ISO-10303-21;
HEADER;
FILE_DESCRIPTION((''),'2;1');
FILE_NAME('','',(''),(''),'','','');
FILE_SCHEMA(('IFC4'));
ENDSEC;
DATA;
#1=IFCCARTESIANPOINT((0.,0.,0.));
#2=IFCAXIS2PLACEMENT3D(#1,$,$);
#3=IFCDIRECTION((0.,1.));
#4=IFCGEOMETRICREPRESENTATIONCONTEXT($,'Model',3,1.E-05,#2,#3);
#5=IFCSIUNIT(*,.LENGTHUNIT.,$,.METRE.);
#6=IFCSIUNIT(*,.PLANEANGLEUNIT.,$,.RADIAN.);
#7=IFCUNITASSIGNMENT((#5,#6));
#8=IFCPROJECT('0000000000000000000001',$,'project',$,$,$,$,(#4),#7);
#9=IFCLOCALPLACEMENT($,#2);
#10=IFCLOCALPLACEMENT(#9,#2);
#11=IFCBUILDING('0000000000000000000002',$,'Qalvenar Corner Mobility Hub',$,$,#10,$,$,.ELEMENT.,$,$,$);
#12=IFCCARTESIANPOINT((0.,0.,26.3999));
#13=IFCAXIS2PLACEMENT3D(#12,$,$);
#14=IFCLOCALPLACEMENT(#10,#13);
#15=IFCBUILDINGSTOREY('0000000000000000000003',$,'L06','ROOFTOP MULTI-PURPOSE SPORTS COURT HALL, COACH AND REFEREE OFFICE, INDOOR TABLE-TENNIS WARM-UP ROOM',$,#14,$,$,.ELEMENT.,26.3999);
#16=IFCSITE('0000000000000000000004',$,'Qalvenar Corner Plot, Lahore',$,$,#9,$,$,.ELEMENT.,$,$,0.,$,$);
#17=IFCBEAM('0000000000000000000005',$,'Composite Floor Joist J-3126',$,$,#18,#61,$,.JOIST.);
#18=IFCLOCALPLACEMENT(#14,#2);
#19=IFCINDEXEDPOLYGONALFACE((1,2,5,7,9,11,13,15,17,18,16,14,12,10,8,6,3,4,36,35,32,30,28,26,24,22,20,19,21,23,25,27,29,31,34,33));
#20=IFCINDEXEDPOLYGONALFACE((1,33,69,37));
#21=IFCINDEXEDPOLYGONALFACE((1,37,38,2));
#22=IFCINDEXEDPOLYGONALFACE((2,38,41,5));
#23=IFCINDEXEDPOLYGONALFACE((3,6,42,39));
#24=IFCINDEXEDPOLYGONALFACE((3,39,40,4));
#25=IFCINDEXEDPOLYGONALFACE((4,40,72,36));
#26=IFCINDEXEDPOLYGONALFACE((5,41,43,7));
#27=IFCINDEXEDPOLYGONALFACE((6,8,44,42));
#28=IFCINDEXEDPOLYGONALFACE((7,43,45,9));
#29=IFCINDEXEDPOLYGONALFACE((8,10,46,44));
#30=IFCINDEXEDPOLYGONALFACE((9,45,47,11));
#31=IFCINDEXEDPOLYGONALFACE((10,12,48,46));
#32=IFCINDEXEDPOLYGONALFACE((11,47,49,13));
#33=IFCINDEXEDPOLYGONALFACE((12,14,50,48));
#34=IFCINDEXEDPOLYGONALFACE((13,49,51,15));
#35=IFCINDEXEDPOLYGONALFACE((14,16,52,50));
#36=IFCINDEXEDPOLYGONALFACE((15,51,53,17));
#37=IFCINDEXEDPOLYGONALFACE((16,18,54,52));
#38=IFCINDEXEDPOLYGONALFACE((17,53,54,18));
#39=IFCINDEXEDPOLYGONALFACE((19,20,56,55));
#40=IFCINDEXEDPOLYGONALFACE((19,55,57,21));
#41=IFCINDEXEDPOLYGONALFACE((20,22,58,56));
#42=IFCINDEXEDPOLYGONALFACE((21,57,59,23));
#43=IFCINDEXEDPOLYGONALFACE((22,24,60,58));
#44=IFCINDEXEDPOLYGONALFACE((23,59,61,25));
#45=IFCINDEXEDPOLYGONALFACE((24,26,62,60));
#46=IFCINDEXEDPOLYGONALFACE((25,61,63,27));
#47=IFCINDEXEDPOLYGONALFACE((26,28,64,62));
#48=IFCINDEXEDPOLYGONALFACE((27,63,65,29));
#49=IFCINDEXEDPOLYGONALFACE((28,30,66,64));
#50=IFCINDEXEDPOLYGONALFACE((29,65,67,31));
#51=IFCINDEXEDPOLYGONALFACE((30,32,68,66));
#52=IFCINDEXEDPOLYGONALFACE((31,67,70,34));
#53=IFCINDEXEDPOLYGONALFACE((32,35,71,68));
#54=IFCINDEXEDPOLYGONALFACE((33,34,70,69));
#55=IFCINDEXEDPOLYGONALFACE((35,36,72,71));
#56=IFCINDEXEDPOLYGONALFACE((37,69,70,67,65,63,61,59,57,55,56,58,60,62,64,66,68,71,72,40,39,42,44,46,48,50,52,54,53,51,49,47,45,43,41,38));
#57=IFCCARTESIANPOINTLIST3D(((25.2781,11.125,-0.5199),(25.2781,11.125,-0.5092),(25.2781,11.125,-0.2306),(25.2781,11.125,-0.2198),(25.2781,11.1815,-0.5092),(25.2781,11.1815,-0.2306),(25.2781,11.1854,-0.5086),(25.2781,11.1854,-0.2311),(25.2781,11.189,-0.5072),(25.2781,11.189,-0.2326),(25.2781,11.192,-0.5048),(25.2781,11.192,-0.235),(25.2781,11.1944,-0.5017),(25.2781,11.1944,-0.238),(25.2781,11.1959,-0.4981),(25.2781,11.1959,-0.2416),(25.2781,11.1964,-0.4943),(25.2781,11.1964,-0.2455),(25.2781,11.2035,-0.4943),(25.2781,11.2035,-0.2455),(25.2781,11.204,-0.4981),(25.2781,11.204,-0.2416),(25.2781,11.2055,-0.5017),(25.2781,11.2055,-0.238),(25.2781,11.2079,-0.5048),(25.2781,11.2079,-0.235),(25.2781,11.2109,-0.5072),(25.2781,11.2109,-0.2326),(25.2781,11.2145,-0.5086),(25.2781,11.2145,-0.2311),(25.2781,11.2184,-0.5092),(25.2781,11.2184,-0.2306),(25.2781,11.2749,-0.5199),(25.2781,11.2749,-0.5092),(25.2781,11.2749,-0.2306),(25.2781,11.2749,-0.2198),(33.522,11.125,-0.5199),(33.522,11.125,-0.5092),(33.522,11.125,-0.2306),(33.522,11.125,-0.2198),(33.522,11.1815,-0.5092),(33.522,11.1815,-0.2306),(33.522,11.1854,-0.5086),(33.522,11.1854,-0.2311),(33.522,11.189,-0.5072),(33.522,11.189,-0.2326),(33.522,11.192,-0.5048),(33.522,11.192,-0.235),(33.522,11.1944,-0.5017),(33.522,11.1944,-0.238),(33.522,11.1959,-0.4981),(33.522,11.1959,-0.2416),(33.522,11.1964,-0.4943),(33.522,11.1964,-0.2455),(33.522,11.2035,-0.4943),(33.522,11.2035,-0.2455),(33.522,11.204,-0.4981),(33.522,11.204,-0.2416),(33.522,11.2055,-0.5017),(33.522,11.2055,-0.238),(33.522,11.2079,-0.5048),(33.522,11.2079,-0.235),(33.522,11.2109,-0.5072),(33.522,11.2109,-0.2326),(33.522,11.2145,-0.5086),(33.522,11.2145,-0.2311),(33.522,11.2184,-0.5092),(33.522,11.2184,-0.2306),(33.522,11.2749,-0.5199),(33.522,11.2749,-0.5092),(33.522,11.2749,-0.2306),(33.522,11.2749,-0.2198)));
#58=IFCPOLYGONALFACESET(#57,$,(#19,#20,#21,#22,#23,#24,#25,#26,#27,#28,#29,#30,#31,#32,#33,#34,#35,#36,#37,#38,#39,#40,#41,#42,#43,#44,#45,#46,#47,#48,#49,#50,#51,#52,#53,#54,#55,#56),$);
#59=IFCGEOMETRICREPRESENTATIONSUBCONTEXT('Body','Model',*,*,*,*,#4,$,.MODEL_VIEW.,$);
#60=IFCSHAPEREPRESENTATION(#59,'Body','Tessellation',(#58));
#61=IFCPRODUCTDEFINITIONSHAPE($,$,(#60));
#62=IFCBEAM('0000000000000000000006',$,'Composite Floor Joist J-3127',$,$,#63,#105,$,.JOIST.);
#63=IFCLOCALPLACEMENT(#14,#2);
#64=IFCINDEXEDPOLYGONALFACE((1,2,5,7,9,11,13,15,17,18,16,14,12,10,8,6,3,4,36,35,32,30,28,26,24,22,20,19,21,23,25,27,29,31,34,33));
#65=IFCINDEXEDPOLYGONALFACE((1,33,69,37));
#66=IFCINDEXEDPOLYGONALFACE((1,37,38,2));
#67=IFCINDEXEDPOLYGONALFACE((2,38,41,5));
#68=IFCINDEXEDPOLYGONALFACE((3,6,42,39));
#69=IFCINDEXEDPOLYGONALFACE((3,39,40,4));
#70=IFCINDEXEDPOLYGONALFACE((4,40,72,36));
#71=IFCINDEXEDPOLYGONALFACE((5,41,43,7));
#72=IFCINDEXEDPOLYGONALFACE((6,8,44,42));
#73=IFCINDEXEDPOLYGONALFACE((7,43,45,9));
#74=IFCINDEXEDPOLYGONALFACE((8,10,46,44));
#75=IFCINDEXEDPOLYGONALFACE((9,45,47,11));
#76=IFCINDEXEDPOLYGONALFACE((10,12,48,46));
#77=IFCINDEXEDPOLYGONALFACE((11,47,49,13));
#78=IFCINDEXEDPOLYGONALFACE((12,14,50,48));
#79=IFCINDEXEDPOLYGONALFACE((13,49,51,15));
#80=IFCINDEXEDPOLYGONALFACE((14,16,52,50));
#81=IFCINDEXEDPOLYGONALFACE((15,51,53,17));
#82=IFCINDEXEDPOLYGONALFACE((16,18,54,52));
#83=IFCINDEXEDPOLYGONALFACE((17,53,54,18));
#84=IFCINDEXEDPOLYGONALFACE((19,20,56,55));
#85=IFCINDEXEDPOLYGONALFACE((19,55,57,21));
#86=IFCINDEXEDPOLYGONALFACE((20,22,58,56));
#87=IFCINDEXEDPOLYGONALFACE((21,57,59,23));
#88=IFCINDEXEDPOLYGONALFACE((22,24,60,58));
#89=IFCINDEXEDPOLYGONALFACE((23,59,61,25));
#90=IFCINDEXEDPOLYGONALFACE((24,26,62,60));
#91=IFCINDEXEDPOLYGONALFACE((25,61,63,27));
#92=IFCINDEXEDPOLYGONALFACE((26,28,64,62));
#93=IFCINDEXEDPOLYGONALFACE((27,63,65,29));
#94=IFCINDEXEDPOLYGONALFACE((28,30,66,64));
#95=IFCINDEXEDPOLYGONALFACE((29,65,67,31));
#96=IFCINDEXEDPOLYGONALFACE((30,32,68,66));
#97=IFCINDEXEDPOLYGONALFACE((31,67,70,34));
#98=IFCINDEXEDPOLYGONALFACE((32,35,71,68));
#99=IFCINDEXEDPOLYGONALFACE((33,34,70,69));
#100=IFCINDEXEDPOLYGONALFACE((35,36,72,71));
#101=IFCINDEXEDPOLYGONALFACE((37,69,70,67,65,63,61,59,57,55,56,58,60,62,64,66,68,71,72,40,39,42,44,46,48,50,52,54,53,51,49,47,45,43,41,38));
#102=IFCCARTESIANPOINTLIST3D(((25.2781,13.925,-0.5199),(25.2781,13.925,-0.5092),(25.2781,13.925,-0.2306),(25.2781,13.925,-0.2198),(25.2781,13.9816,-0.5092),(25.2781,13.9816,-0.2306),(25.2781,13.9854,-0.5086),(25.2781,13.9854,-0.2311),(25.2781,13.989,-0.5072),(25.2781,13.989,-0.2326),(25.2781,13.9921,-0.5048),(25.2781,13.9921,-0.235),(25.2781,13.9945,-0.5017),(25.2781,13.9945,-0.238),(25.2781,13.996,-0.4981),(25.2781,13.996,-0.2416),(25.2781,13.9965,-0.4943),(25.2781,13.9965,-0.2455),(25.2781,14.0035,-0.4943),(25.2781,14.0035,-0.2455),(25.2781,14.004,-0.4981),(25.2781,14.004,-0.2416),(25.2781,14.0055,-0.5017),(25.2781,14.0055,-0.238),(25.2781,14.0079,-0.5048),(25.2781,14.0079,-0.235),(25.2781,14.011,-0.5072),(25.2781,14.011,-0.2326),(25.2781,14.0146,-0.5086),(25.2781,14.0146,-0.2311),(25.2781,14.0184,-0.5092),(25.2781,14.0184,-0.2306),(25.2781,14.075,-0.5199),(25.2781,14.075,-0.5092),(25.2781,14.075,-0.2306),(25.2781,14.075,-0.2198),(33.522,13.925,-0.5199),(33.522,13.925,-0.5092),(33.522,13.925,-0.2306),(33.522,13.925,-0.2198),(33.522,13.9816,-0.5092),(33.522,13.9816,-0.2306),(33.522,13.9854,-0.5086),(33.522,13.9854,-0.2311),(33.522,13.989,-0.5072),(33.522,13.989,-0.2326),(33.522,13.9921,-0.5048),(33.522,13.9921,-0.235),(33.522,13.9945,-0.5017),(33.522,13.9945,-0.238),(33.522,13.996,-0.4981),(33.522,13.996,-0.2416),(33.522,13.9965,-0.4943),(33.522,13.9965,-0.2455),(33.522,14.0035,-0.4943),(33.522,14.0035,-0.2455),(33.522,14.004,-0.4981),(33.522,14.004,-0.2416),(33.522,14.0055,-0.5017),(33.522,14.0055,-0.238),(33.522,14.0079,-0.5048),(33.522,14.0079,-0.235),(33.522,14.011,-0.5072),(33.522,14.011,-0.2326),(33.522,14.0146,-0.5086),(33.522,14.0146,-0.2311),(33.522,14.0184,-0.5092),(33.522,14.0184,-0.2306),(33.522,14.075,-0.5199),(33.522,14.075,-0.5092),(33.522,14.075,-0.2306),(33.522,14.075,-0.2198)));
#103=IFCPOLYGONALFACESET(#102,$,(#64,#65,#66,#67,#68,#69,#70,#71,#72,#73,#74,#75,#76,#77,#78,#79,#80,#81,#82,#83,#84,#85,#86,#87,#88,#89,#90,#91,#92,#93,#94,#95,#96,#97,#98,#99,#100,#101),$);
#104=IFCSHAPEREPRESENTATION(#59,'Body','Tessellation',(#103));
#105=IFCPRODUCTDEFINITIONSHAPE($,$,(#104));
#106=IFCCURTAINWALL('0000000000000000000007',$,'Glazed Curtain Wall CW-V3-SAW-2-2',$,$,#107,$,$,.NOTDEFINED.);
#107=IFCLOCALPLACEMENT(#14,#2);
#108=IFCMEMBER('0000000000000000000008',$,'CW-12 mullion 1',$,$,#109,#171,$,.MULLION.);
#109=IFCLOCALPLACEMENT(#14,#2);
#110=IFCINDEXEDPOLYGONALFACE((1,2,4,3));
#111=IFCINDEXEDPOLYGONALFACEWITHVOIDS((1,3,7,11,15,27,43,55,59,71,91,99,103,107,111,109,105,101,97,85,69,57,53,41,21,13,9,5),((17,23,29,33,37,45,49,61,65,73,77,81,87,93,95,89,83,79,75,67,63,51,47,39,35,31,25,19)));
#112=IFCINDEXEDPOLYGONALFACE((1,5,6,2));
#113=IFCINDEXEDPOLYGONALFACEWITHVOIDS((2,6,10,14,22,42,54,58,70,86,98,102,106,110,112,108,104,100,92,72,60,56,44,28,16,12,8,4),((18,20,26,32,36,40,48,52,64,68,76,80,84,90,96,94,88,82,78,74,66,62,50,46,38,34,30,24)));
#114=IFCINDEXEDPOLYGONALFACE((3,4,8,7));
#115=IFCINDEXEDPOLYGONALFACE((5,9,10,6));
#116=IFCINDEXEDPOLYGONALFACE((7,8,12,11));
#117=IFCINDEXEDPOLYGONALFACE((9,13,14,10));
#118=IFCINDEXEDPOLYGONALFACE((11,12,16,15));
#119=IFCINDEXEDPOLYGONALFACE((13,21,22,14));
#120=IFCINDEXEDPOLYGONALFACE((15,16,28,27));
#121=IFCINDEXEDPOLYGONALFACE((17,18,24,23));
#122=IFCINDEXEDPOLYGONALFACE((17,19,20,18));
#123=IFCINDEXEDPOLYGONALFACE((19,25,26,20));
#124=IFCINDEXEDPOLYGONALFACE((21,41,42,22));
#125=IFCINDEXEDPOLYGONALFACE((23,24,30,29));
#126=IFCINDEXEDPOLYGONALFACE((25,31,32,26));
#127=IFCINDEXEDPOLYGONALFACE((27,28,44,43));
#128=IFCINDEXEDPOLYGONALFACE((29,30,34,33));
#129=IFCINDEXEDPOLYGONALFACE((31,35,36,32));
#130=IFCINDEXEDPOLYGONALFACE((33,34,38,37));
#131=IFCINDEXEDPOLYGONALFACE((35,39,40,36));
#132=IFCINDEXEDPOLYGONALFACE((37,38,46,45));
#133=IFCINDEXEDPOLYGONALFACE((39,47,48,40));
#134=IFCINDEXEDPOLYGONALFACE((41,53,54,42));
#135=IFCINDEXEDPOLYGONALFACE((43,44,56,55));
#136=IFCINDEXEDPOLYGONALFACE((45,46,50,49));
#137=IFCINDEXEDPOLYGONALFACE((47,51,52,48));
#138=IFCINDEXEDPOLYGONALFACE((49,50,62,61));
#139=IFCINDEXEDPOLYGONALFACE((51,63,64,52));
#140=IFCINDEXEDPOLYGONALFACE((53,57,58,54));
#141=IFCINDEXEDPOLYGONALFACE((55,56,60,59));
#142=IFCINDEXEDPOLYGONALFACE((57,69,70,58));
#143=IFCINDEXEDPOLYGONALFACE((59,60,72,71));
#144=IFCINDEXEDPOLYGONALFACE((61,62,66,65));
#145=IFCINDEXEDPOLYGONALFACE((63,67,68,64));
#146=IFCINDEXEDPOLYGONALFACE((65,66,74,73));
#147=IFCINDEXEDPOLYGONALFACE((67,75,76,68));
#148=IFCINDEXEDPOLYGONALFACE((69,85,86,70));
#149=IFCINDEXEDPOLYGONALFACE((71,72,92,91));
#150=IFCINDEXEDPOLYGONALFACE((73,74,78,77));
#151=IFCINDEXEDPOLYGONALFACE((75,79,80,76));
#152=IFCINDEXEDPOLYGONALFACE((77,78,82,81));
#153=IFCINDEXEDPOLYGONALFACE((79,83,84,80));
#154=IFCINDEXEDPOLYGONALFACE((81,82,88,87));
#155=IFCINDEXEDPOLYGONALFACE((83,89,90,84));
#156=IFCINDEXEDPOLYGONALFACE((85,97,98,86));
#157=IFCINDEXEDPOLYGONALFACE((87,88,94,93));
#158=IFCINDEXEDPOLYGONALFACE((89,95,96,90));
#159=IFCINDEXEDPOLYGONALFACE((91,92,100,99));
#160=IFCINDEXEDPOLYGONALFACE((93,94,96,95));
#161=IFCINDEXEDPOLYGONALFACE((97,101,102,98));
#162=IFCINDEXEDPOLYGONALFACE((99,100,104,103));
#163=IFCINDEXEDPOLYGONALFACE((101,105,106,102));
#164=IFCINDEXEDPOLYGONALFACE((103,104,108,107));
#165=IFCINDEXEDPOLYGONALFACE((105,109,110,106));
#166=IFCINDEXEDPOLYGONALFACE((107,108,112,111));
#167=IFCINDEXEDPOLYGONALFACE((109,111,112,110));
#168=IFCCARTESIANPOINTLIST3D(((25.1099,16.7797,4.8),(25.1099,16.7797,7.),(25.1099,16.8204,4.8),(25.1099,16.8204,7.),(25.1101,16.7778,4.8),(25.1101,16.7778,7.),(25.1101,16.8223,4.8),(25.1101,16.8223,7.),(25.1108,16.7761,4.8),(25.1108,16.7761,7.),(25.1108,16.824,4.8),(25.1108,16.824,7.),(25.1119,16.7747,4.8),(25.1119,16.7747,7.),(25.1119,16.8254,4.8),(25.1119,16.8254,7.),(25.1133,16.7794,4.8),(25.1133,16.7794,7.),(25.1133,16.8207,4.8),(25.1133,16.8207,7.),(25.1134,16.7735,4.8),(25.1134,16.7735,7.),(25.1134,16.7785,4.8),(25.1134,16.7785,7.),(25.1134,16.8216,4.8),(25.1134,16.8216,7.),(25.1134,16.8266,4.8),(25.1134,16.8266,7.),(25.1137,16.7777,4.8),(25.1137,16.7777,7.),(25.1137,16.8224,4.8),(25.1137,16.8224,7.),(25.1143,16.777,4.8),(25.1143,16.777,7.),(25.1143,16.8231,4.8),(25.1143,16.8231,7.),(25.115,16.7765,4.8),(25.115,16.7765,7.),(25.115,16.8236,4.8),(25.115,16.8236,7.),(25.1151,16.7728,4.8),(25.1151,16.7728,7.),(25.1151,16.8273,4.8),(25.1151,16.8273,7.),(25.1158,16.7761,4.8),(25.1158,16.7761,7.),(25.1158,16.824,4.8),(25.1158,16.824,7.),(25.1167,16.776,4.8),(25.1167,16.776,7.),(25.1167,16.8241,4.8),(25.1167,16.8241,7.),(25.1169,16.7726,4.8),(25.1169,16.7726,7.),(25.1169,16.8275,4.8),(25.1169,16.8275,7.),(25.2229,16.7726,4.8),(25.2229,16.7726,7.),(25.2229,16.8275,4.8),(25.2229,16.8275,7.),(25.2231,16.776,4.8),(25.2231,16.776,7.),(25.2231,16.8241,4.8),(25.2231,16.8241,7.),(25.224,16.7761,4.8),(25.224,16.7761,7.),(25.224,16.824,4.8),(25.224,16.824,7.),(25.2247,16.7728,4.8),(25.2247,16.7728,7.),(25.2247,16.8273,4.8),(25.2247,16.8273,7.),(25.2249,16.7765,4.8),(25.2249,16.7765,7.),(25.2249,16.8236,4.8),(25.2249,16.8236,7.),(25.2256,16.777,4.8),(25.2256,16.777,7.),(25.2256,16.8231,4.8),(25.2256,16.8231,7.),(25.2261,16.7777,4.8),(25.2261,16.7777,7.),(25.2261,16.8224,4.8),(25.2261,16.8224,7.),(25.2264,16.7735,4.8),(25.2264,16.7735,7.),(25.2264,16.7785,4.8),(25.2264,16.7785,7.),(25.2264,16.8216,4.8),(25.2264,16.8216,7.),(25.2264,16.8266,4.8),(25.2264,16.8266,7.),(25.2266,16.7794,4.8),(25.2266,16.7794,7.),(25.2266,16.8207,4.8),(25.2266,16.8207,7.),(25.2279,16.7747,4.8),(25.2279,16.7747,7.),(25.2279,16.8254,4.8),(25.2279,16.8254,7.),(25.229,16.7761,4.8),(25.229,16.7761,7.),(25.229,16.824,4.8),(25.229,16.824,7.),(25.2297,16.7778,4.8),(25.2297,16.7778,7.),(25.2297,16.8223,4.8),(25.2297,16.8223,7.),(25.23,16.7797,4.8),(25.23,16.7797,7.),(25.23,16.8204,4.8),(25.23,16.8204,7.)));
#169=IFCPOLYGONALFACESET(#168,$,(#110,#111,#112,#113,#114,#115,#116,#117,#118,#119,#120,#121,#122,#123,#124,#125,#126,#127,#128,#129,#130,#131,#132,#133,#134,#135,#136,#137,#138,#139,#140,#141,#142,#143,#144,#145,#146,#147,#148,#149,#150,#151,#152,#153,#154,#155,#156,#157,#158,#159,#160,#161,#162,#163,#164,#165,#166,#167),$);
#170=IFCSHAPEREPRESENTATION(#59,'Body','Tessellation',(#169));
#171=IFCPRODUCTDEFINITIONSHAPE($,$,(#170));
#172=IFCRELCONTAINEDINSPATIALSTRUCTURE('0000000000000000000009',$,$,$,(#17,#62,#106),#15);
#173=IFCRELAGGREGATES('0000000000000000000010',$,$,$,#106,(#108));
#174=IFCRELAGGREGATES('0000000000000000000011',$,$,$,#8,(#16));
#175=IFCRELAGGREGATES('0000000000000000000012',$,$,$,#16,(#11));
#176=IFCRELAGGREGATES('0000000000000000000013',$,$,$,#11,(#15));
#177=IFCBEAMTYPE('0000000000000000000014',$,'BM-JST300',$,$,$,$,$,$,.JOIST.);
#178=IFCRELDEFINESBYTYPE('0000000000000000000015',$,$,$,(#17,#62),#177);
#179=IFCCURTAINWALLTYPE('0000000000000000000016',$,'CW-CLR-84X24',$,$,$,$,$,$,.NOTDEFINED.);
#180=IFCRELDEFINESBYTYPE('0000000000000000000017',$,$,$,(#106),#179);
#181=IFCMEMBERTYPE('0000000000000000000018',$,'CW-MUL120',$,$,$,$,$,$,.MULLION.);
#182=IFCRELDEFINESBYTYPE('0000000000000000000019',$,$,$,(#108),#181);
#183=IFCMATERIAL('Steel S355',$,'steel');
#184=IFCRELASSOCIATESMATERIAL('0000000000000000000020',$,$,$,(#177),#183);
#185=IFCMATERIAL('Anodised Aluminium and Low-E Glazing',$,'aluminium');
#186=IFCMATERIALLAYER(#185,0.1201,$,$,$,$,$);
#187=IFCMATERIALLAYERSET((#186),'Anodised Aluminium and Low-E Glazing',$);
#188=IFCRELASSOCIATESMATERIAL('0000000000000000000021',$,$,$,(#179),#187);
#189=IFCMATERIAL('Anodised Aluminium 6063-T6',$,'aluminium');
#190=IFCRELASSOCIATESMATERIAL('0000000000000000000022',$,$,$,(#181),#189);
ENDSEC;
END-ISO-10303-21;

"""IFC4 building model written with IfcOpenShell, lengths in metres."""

from ifc_helpers import new_model, si_unit, direction, frame, origin, origin_2d, place, context, subcontext, project, spatial, hollow_rectangle, i_section, extrude, material, layer, layer_set, material_profile, profile_set, type_object, element, aggregate, save


model = new_model("IFC4")

# Units and contexts
model_context = context("Model", 3, precision=1e-05, world=origin(), true_north=direction((0.0, 1.0)))
body_context = subcontext(model_context, "Body", "Model", "MODEL_VIEW")
ifc_project = project(units=[si_unit("LENGTHUNIT", "METRE"), si_unit("PLANEANGLEUNIT", "RADIAN")], contexts=[model_context])

# Site, building, storey
site_placement = place(None, origin())
site = spatial("IfcSite", under=ifc_project, at=site_placement, Name="Qalvenar Corner Plot, Lahore", CompositionType="ELEMENT", RefElevation=0.0)
building_placement = place(site_placement, origin())
building = spatial("IfcBuilding", under=site, at=building_placement, Name="Qalvenar Corner Mobility Hub", CompositionType="ELEMENT")
storey_placement = place(building_placement, frame((0.0, 0.0, 26.3999)))
storey = spatial("IfcBuildingStorey", under=building, at=storey_placement, Name="L06", Description="ROOFTOP MULTI-PURPOSE SPORTS COURT HALL, COACH AND REFEREE OFFICE, INDOOR TABLE-TENNIS WARM-UP ROOM", CompositionType="ELEMENT", Elevation=26.3999)

# Shared definitions
ifc_material_1 = material(Name="Steel S355", Category="steel")

# Beams
ifc_material_profile_1 = material_profile(ifc_material_1, i_section(OverallWidth=0.1499, OverallDepth=0.3, WebThickness=0.0071, FlangeThickness=0.0107, FilletRadius=0.0149, at=origin_2d()), Name="IPE300")
ifc_profile_set_1 = profile_set([ifc_material_profile_1], Name="Steel S355")
beam_type_1 = type_object("IfcBeamType", Name="BM-JST300", PredefinedType="JOIST", material=ifc_profile_set_1)
for number, where, z_axis, x_axis, name in (
    (1, (25.2781, 11.2, -0.3699), (1.0, 0.0, 0.0), (0.0, 1.0, 0.0), "Composite Floor Joist J-3126"),
    (2, (25.2781, 14.0, -0.3699), (1.0, 0.0, 0.0), (0.0, 1.0, 0.0), "Composite Floor Joist J-3127"),
):
    element("IfcBeam", number, at=place(storey_placement, frame(where, z_axis=z_axis, x_axis=x_axis)), inside=storey, type_object=beam_type_1, Name=name, PredefinedType="JOIST", context=body_context, shape_type="SweptSolid", body=[
        extrude(i_section(OverallWidth=0.1499, OverallDepth=0.3, WebThickness=0.0071, FlangeThickness=0.0107, FilletRadius=0.0149, at=origin_2d()), origin(), (0.0, 0.0, 1.0), 8.2439),
    ])

# Curtain wall, member
ifc_material_2 = material(Name="Anodised Aluminium and Low-E Glazing", Category="aluminium")
ifc_layer_1 = layer(ifc_material_2, 0.1201)
ifc_layer_set_1 = layer_set([ifc_layer_1], Name="Anodised Aluminium and Low-E Glazing")
curtain_wall_type = type_object("IfcCurtainWallType", Name="CW-CLR-84X24", PredefinedType="NOTDEFINED", material=ifc_layer_set_1)
curtain_wall_1_placement = place(storey_placement, origin())
curtain_wall_1 = element("IfcCurtainWall", 3, at=curtain_wall_1_placement, inside=storey, type_object=curtain_wall_type, Name="Glazed Curtain Wall CW-V3-SAW-2-2", PredefinedType="NOTDEFINED")
ifc_material_3 = material(Name="Anodised Aluminium 6063-T6", Category="aluminium")
ifc_material_profile_2 = material_profile(ifc_material_3, hollow_rectangle(XDim=0.0549, YDim=0.1201, WallThickness=0.0034, InnerFilletRadius=0.0034, OuterFilletRadius=0.0071, at=origin_2d()), Name="RHS120x55x3.5")
ifc_profile_set_2 = profile_set([ifc_material_profile_2], Name="Anodised Aluminium 6063-T6")
member_type_1 = type_object("IfcMemberType", Name="CW-MUL120", PredefinedType="MULLION", material=ifc_profile_set_2)
member_1_placement = place(storey_placement, frame((25.1699, 16.8, 4.8), z_axis=(0.0, 0.0, 1.0), x_axis=(0.0, -1.0, 0.0)))
member_1 = element("IfcMember", 4, at=member_1_placement, type_object=member_type_1, Name="CW-12 mullion 1", PredefinedType="MULLION", context=body_context, shape_type="SweptSolid", body=[
    extrude(hollow_rectangle(XDim=0.0549, YDim=0.1201, WallThickness=0.0034, InnerFilletRadius=0.0034, OuterFilletRadius=0.0071, at=origin_2d()), origin(), (0.0, 0.0, 1.0), 2.2),
])

aggregate(curtain_wall_1, [member_1])

save(model, "model.ifc")
